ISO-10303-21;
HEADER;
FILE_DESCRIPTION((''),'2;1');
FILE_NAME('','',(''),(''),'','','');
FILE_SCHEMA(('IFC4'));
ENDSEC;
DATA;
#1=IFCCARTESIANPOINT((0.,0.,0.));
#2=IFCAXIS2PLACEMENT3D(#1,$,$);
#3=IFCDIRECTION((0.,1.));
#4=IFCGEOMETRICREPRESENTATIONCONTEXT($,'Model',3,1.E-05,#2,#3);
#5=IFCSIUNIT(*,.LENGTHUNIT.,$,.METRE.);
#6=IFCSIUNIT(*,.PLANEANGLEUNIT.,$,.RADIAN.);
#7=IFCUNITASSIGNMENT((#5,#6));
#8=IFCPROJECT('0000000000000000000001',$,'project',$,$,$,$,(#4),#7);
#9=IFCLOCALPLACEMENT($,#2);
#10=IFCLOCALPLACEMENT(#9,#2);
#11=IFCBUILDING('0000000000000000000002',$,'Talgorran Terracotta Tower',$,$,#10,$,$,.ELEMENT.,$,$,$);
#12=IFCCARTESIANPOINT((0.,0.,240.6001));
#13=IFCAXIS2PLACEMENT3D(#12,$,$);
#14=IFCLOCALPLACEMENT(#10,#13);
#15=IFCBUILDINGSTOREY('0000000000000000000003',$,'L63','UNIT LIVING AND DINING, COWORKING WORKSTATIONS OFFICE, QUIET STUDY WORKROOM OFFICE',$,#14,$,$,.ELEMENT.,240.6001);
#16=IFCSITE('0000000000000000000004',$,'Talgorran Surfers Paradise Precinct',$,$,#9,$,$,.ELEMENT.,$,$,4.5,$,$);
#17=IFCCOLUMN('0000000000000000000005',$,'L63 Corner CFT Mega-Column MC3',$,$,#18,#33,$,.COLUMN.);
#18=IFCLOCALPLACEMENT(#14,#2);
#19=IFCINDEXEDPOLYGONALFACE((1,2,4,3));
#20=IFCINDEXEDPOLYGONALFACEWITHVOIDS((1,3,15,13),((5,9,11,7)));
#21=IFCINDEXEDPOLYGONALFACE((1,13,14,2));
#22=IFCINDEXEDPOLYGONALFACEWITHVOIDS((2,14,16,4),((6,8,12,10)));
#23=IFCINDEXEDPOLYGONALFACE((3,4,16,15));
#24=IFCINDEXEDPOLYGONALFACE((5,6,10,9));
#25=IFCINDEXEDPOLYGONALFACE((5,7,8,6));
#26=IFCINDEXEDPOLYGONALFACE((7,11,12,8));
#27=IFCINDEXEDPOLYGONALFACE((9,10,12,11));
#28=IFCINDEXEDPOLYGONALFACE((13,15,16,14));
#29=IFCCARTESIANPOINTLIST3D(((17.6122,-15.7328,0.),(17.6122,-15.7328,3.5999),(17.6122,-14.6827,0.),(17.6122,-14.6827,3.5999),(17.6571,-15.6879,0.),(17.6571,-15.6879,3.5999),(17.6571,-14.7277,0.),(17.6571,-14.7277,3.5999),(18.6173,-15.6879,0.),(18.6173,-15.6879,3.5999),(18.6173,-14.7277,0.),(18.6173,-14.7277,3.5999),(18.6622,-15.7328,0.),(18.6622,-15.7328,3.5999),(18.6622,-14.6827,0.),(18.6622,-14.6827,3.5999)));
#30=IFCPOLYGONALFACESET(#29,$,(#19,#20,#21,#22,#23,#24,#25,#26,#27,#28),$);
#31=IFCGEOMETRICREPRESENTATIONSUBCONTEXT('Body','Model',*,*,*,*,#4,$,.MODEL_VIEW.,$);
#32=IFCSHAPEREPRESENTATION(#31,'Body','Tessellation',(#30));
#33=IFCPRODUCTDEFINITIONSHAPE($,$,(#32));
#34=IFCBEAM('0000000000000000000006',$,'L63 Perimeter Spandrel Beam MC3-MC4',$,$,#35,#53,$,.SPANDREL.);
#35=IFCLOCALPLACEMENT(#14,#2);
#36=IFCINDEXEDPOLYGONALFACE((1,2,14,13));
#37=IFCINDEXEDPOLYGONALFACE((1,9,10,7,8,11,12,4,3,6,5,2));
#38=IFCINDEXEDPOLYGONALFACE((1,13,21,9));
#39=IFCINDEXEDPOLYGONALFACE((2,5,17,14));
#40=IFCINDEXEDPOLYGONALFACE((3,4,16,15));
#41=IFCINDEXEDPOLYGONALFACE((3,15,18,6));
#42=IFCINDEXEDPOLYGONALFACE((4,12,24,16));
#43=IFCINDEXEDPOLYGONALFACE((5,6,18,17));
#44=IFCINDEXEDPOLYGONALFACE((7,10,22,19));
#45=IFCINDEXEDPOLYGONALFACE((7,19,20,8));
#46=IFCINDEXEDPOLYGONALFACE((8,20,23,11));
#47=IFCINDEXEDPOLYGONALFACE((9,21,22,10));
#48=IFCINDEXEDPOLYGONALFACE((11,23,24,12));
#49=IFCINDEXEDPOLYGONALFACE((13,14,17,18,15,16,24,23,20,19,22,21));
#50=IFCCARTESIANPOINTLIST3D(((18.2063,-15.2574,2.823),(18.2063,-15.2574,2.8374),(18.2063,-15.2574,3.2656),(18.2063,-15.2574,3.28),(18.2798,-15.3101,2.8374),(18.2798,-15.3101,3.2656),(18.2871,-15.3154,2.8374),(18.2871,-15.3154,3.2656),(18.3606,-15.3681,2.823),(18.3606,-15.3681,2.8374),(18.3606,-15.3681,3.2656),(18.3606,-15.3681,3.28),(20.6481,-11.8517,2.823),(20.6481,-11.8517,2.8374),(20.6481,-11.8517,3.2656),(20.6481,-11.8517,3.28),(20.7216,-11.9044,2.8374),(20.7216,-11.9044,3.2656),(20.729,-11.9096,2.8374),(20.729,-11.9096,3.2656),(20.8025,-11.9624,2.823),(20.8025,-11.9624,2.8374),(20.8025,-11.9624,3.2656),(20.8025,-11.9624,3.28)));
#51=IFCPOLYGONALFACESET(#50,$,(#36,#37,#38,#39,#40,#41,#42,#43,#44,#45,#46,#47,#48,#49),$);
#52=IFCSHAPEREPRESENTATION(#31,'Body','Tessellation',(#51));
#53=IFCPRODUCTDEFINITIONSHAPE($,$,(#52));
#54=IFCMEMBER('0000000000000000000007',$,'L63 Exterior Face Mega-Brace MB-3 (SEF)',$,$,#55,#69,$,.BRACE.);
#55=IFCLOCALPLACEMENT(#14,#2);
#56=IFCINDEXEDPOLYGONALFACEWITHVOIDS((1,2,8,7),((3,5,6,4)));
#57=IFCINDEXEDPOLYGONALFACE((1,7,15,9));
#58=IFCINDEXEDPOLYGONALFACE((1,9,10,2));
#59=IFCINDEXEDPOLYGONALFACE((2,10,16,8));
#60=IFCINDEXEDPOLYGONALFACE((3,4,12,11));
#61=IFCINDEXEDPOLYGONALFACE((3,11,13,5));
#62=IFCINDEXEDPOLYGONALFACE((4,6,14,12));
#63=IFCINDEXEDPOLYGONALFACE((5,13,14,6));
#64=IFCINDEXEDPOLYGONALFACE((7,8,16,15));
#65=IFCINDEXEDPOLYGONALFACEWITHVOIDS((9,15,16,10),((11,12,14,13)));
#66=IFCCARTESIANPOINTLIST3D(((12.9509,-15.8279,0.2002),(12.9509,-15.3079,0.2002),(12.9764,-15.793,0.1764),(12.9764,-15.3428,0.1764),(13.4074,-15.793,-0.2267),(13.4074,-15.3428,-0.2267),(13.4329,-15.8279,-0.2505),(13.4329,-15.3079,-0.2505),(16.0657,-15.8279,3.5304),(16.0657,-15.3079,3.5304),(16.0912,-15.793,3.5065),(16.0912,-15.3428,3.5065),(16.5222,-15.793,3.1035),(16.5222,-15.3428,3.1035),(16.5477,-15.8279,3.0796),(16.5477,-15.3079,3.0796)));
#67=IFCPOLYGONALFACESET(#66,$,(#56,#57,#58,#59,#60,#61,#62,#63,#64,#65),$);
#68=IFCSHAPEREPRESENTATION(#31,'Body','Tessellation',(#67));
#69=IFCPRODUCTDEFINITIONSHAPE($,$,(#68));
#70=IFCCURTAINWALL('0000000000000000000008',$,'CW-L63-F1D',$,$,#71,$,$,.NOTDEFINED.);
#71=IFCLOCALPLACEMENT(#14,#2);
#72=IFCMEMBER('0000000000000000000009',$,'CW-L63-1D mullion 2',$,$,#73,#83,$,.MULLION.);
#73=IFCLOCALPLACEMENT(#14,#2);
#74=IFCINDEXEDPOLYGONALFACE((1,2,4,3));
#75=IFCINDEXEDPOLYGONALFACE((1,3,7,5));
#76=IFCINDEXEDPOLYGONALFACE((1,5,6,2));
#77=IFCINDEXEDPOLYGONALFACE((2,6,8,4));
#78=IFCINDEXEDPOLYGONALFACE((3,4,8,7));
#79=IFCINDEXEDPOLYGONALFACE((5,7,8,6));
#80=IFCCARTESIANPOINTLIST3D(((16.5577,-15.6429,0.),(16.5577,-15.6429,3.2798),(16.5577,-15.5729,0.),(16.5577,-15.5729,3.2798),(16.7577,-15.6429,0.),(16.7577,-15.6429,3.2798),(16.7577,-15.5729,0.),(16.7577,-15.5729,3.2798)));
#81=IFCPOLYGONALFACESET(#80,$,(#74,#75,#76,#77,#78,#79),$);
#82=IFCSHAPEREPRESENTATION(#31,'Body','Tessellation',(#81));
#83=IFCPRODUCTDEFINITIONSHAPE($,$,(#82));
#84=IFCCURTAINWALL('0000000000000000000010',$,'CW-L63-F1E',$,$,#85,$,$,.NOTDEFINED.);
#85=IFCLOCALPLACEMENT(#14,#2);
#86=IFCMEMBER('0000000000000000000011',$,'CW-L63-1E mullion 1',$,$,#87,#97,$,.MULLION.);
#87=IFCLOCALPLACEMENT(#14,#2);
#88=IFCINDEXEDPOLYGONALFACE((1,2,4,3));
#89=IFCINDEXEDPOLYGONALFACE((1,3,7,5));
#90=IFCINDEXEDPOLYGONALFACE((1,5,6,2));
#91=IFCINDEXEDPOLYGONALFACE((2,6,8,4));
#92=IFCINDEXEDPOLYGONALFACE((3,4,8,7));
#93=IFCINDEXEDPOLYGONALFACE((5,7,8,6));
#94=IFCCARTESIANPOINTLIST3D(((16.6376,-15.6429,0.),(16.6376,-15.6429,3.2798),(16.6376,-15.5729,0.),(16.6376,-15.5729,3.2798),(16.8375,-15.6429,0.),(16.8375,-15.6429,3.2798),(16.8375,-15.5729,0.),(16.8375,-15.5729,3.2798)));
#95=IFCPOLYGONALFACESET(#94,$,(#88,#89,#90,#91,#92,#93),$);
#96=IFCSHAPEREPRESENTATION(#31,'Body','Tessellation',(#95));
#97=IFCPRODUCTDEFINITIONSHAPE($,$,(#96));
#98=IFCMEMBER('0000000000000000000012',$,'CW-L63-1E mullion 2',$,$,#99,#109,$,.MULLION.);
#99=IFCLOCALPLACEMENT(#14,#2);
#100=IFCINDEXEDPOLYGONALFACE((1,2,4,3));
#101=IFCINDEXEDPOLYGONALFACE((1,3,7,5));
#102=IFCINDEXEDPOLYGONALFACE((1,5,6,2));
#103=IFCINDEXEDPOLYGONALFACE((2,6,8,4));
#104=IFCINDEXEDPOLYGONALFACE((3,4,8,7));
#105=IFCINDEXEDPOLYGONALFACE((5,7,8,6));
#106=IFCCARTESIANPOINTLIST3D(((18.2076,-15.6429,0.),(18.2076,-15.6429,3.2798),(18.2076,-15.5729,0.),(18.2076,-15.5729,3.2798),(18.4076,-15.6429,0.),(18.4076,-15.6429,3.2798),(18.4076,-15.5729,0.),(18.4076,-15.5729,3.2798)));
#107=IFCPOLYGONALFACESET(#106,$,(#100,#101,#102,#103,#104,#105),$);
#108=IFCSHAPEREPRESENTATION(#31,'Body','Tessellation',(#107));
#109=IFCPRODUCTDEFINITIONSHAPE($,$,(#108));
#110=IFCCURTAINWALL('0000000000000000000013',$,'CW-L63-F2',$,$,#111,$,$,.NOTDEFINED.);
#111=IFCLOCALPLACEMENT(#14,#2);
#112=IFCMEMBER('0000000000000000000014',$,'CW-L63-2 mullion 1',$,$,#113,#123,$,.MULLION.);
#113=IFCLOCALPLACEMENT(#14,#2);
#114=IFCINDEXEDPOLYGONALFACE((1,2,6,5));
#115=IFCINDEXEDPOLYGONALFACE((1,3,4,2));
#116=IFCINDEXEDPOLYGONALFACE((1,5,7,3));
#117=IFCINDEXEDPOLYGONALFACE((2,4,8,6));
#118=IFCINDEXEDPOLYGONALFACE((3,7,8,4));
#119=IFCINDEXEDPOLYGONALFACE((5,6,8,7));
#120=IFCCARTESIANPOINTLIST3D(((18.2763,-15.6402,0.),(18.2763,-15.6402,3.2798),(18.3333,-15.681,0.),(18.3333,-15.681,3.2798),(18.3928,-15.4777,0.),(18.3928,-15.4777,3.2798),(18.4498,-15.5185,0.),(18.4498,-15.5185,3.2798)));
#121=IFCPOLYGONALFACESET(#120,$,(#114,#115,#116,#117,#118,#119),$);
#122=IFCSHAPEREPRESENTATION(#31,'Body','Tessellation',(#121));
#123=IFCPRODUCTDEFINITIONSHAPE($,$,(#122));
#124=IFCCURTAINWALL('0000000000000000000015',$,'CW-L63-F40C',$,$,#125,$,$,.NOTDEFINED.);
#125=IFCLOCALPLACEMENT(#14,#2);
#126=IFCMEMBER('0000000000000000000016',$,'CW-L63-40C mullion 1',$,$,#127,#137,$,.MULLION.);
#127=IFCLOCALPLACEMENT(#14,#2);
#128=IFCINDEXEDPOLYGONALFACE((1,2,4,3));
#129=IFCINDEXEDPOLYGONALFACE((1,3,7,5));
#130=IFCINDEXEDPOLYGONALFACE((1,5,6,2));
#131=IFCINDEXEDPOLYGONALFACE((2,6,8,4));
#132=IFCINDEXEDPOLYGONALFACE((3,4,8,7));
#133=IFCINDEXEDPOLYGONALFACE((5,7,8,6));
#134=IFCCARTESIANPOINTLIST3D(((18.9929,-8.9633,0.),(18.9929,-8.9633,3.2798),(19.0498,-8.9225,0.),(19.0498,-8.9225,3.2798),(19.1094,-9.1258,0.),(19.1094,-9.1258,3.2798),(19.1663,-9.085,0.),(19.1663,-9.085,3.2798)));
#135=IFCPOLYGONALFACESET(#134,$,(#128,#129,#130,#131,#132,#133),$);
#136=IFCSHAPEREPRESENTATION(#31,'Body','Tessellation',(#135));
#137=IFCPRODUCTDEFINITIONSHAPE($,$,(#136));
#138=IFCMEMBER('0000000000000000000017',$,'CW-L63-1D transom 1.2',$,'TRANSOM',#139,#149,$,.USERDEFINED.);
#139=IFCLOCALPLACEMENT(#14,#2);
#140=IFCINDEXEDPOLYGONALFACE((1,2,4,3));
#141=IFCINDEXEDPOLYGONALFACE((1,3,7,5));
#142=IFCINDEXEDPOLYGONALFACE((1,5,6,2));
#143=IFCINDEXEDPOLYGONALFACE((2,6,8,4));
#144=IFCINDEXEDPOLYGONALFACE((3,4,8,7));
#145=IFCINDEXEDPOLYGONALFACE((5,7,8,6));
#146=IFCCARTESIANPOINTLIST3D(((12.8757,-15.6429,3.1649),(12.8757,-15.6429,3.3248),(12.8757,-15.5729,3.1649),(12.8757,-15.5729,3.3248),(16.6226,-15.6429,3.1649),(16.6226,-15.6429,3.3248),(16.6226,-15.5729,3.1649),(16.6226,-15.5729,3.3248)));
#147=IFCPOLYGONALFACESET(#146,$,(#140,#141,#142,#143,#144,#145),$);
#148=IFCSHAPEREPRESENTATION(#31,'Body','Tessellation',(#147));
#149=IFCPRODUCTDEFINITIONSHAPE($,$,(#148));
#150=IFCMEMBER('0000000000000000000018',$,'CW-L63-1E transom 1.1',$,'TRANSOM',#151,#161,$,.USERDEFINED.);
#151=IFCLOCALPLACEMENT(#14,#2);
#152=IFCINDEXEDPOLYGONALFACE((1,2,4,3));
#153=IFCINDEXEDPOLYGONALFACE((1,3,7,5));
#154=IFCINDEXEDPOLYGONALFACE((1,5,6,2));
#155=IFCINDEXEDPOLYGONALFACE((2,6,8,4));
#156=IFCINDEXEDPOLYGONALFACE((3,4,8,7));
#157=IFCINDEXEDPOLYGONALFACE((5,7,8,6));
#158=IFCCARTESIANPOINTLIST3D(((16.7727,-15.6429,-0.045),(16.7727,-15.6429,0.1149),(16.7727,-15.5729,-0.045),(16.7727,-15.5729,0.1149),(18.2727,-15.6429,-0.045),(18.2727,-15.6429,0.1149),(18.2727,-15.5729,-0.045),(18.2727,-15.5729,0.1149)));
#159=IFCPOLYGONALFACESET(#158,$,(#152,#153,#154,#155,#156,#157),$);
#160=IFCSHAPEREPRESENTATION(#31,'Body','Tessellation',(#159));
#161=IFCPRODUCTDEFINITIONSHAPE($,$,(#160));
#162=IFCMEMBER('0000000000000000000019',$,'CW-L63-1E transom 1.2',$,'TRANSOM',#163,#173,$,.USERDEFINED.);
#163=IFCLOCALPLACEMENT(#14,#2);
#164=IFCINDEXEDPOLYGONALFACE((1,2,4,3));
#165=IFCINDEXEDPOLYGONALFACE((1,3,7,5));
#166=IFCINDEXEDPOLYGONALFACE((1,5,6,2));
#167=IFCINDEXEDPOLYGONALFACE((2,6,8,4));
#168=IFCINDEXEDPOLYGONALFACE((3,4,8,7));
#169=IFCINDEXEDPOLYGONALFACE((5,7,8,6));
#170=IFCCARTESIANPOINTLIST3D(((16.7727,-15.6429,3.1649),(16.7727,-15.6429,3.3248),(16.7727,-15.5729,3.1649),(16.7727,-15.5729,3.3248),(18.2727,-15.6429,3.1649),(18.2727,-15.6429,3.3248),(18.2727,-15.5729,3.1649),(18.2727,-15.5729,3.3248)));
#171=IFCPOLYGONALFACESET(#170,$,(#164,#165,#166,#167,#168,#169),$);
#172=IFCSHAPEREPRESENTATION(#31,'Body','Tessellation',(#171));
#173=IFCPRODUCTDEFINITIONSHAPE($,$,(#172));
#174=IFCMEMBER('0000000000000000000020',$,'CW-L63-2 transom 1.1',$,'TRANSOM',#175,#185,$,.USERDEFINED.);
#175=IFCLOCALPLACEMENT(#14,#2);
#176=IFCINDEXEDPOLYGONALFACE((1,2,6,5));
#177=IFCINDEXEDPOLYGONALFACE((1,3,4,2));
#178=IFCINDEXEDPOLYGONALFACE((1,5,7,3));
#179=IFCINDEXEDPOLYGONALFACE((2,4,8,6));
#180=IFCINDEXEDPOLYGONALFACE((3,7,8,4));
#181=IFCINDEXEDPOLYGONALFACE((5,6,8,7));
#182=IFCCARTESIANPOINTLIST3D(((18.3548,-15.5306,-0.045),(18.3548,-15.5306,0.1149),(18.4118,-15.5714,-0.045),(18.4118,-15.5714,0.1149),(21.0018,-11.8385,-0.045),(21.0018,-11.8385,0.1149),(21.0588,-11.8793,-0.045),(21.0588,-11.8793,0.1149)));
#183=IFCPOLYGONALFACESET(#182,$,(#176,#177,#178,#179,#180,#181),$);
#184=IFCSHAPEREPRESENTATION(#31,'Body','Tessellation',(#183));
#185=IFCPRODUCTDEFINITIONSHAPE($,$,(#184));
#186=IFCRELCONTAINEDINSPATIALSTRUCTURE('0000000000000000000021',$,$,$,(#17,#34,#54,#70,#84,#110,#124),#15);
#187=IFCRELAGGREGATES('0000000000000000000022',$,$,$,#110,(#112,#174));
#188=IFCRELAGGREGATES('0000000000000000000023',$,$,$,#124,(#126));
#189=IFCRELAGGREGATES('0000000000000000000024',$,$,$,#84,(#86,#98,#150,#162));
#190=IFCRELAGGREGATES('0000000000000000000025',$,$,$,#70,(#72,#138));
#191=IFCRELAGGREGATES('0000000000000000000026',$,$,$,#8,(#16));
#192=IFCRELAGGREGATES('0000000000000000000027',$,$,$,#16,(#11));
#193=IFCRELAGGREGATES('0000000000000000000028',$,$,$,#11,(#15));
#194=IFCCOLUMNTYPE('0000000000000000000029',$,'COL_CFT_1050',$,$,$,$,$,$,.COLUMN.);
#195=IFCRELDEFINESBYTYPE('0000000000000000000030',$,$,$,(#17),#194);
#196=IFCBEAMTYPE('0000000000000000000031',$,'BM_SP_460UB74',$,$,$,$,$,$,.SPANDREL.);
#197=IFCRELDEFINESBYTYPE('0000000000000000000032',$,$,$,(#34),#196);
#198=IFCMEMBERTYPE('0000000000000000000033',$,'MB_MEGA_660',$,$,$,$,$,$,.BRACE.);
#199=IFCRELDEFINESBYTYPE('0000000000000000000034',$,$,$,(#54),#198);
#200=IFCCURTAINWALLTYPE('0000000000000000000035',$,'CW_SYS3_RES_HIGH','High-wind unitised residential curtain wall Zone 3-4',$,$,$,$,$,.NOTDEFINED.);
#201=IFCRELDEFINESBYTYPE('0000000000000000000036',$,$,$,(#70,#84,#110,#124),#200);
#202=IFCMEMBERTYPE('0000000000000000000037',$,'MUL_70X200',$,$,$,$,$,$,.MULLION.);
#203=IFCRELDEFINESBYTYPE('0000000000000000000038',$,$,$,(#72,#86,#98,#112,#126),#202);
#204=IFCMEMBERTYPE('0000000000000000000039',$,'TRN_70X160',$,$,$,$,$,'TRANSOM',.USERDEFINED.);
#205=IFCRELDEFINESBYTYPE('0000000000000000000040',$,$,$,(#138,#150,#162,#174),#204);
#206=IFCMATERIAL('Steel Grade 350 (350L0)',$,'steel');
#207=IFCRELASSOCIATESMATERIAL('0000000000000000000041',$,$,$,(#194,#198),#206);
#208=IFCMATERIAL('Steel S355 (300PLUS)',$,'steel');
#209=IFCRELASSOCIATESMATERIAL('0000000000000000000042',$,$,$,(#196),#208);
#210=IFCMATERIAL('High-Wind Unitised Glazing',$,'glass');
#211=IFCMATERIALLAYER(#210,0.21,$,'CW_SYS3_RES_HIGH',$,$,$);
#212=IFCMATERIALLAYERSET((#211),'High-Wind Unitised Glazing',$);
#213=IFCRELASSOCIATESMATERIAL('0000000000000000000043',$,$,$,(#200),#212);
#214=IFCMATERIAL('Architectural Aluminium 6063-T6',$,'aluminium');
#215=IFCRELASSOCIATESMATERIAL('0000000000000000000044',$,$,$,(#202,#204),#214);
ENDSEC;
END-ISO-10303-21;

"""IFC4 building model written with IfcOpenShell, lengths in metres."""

from ifc_helpers import new_model, si_unit, direction, frame, origin, origin_2d, place, context, subcontext, project, spatial, rectangle, hollow_rectangle, i_section, extrude, material, layer, layer_set, material_profile, profile_set, type_object, element, aggregate, save


model = new_model("IFC4")

# Units and contexts
model_context = context("Model", 3, precision=1e-05, world=origin(), true_north=direction((0.0, 1.0)))
body_context = subcontext(model_context, "Body", "Model", "MODEL_VIEW")
ifc_project = project(units=[si_unit("LENGTHUNIT", "METRE"), si_unit("PLANEANGLEUNIT", "RADIAN")], contexts=[model_context])

# Site, building, storey
site_placement = place(None, origin())
site = spatial("IfcSite", under=ifc_project, at=site_placement, Name="Talgorran Surfers Paradise Precinct", CompositionType="ELEMENT", RefElevation=4.5)
building_placement = place(site_placement, origin())
building = spatial("IfcBuilding", under=site, at=building_placement, Name="Talgorran Terracotta Tower", CompositionType="ELEMENT")
storey_placement = place(building_placement, frame((0.0, 0.0, 240.6001)))
storey = spatial("IfcBuildingStorey", under=building, at=storey_placement, Name="L63", Description="UNIT LIVING AND DINING, COWORKING WORKSTATIONS OFFICE, QUIET STUDY WORKROOM OFFICE", CompositionType="ELEMENT", Elevation=240.6001)

# Column
ifc_material_1 = material(Name="Steel Grade 350 (350L0)", Category="steel")
ifc_material_profile_1 = material_profile(ifc_material_1, hollow_rectangle(XDim=1.05, YDim=1.05, WallThickness=0.0449, at=origin_2d()), Name="CFT1050X1050X45")
ifc_profile_set_1 = profile_set([ifc_material_profile_1], Name="Steel Grade 350 (350L0)")
column_type = type_object("IfcColumnType", Name="COL_CFT_1050", PredefinedType="COLUMN", material=ifc_profile_set_1)
column_placement = place(storey_placement, frame((18.1372, -15.2078, 0.0), z_axis=(0.0, 0.0, 1.0), x_axis=(1.0, 0.0, 0.0)))
element("IfcColumn", 1, at=column_placement, inside=storey, type_object=column_type, Name="L63 Corner CFT Mega-Column MC3", PredefinedType="COLUMN", context=body_context, shape_type="SweptSolid", body=[
    extrude(hollow_rectangle(XDim=1.05, YDim=1.05, WallThickness=0.0449, at=origin_2d()), origin(), (0.0, 0.0, 1.0), 3.5999),
])

# Beam
ifc_material_2 = material(Name="Steel S355 (300PLUS)", Category="steel")
ifc_material_profile_2 = material_profile(ifc_material_2, i_section(OverallWidth=0.1899, OverallDepth=0.457, WebThickness=0.009, FlangeThickness=0.0144, at=origin_2d()), Name="460UB74.6")
ifc_profile_set_2 = profile_set([ifc_material_profile_2], Name="Steel S355 (300PLUS)")
beam_type = type_object("IfcBeamType", Name="BM_SP_460UB74", PredefinedType="SPANDREL", material=ifc_profile_set_2)
beam_placement = place(storey_placement, frame((18.2834, -15.3127, 3.0515), z_axis=(0.582692, 0.812693, 0.0), x_axis=(-0.812693, 0.582692, 0.0)))
element("IfcBeam", 2, at=beam_placement, inside=storey, type_object=beam_type, Name="L63 Perimeter Spandrel Beam MC3-MC4", PredefinedType="SPANDREL", context=body_context, shape_type="SweptSolid", body=[
    extrude(i_section(OverallWidth=0.1899, OverallDepth=0.457, WebThickness=0.009, FlangeThickness=0.0144, at=origin_2d()), origin(), (0.0, 0.0, 1.0), 4.1907),
])

# Member
ifc_material_profile_3 = material_profile(ifc_material_1, hollow_rectangle(XDim=0.52, YDim=0.6599, WallThickness=0.0349, at=origin_2d()), Name="WBOX660X520X35")
ifc_profile_set_3 = profile_set([ifc_material_profile_3], Name="Steel Grade 350 (350L0)")
member_type_1 = type_object("IfcMemberType", Name="MB_MEGA_660", PredefinedType="BRACE", material=ifc_profile_set_3)
member_1_placement = place(storey_placement, frame((13.1919, -15.5679, -0.0251), z_axis=(0.6831, 0.0, 0.730325), x_axis=(0.0, 1.0, 0.0)))
element("IfcMember", 3, at=member_1_placement, inside=storey, type_object=member_type_1, Name="L63 Exterior Face Mega-Brace MB-3 (SEF)", PredefinedType="BRACE", context=body_context, shape_type="SweptSolid", body=[
    extrude(hollow_rectangle(XDim=0.52, YDim=0.6599, WallThickness=0.0349, at=origin_2d()), origin(), (0.0, 0.0, 1.0), 4.5598),
])

# Curtain wall, member
ifc_material_3 = material(Name="High-Wind Unitised Glazing", Category="glass")
ifc_layer_1 = layer(ifc_material_3, 0.21, Name="CW_SYS3_RES_HIGH")
ifc_layer_set_1 = layer_set([ifc_layer_1], Name="High-Wind Unitised Glazing")
curtain_wall_type = type_object("IfcCurtainWallType", Name="CW_SYS3_RES_HIGH", Description="High-wind unitised residential curtain wall Zone 3-4", PredefinedType="NOTDEFINED", material=ifc_layer_set_1)
curtain_wall_1_placement = place(storey_placement, origin())
curtain_wall_1 = element("IfcCurtainWall", 4, at=curtain_wall_1_placement, inside=storey, type_object=curtain_wall_type, Name="CW-L63-F1D", PredefinedType="NOTDEFINED")
ifc_material_4 = material(Name="Architectural Aluminium 6063-T6", Category="aluminium")
ifc_material_profile_4 = material_profile(ifc_material_4, rectangle(XDim=0.0701, YDim=0.2, at=origin_2d()), Name="CWM70X200")
ifc_profile_set_4 = profile_set([ifc_material_profile_4], Name="Architectural Aluminium 6063-T6")
member_type_2 = type_object("IfcMemberType", Name="MUL_70X200", PredefinedType="MULLION", material=ifc_profile_set_4)
member_2_placement = place(storey_placement, frame((16.6577, -15.6079, 0.0), z_axis=(0.0, 0.0, 1.0), x_axis=(0.0, 1.0, 0.0)))
member_2 = element("IfcMember", 5, at=member_2_placement, type_object=member_type_2, Name="CW-L63-1D mullion 2", PredefinedType="MULLION", context=body_context, shape_type="SweptSolid", body=[
    extrude(rectangle(XDim=0.0701, YDim=0.2, at=origin_2d()), origin(), (0.0, 0.0, 1.0), 3.2798),
])

# Curtain wall, members
curtain_wall_2_placement = place(storey_placement, origin())
curtain_wall_2 = element("IfcCurtainWall", 6, at=curtain_wall_2_placement, inside=storey, type_object=curtain_wall_type, Name="CW-L63-F1E", PredefinedType="NOTDEFINED")
member_3_placement = place(storey_placement, frame((16.7375, -15.6079, 0.0), z_axis=(0.0, 0.0, 1.0), x_axis=(0.0, 1.0, 0.0)))
member_3 = element("IfcMember", 7, at=member_3_placement, type_object=member_type_2, Name="CW-L63-1E mullion 1", PredefinedType="MULLION", context=body_context, shape_type="SweptSolid", body=[
    extrude(rectangle(XDim=0.0701, YDim=0.2, at=origin_2d()), origin(), (0.0, 0.0, 1.0), 3.2798),
])
member_4_placement = place(storey_placement, frame((18.3076, -15.6079, 0.0), z_axis=(0.0, 0.0, 1.0), x_axis=(0.0, 1.0, 0.0)))
member_4 = element("IfcMember", 8, at=member_4_placement, type_object=member_type_2, Name="CW-L63-1E mullion 2", PredefinedType="MULLION", context=body_context, shape_type="SweptSolid", body=[
    extrude(rectangle(XDim=0.0701, YDim=0.2, at=origin_2d()), origin(), (0.0, 0.0, 1.0), 3.2798),
])

# Curtain walls, members
curtain_wall_3_placement = place(storey_placement, origin())
curtain_wall_3 = element("IfcCurtainWall", 9, at=curtain_wall_3_placement, inside=storey, type_object=curtain_wall_type, Name="CW-L63-F2", PredefinedType="NOTDEFINED")
member_5_placement = place(storey_placement, frame((18.363, -15.5793, 0.0), z_axis=(0.0, 0.0, 1.0), x_axis=(-0.812715, 0.582661, 0.0)))
member_5 = element("IfcMember", 10, at=member_5_placement, type_object=member_type_2, Name="CW-L63-2 mullion 1", PredefinedType="MULLION", context=body_context, shape_type="SweptSolid", body=[
    extrude(rectangle(XDim=0.0701, YDim=0.2, at=origin_2d()), origin(), (0.0, 0.0, 1.0), 3.2798),
])
curtain_wall_4_placement = place(storey_placement, origin())
curtain_wall_4 = element("IfcCurtainWall", 11, at=curtain_wall_4_placement, inside=storey, type_object=curtain_wall_type, Name="CW-L63-F40C", PredefinedType="NOTDEFINED")
member_6_placement = place(storey_placement, frame((19.0796, -9.0242, 0.0), z_axis=(0.0, 0.0, 1.0), x_axis=(-0.812712, -0.582665, 0.0)))
member_6 = element("IfcMember", 12, at=member_6_placement, type_object=member_type_2, Name="CW-L63-40C mullion 1", PredefinedType="MULLION", context=body_context, shape_type="SweptSolid", body=[
    extrude(rectangle(XDim=0.0701, YDim=0.2, at=origin_2d()), origin(), (0.0, 0.0, 1.0), 3.2798),
])

# Members
ifc_material_profile_5 = material_profile(ifc_material_4, rectangle(XDim=0.0701, YDim=0.1599, at=origin_2d()), Name="CWT70X160")
ifc_profile_set_5 = profile_set([ifc_material_profile_5], Name="Architectural Aluminium 6063-T6")
member_type_3 = type_object("IfcMemberType", Name="TRN_70X160", ElementType="TRANSOM", PredefinedType="USERDEFINED", material=ifc_profile_set_5)
member_7_placement = place(storey_placement, frame((12.8757, -15.6079, 3.2449), z_axis=(1.0, 0.0, 0.0), x_axis=(0.0, 1.0, 0.0)))
member_7 = element("IfcMember", 13, at=member_7_placement, type_object=member_type_3, Name="CW-L63-1D transom 1.2", ObjectType="TRANSOM", PredefinedType="USERDEFINED", context=body_context, shape_type="SweptSolid", body=[
    extrude(rectangle(XDim=0.0701, YDim=0.1599, at=origin_2d()), origin(), (0.0, 0.0, 1.0), 3.7468),
])
member_8_placement = place(storey_placement, frame((16.7727, -15.6079, 0.0349), z_axis=(1.0, 0.0, 0.0), x_axis=(0.0, 1.0, 0.0)))
member_8 = element("IfcMember", 14, at=member_8_placement, type_object=member_type_3, Name="CW-L63-1E transom 1.1", ObjectType="TRANSOM", PredefinedType="USERDEFINED", context=body_context, shape_type="SweptSolid", body=[
    extrude(rectangle(XDim=0.0701, YDim=0.1599, at=origin_2d()), origin(), (0.0, 0.0, 1.0), 1.5),
])
member_9_placement = place(storey_placement, frame((16.7727, -15.6079, 3.2449), z_axis=(1.0, 0.0, 0.0), x_axis=(0.0, 1.0, 0.0)))
member_9 = element("IfcMember", 15, at=member_9_placement, type_object=member_type_3, Name="CW-L63-1E transom 1.2", ObjectType="TRANSOM", PredefinedType="USERDEFINED", context=body_context, shape_type="SweptSolid", body=[
    extrude(rectangle(XDim=0.0701, YDim=0.1599, at=origin_2d()), origin(), (0.0, 0.0, 1.0), 1.5),
])
member_10_placement = place(storey_placement, frame((18.3833, -15.551, 0.0349), z_axis=(0.582656, 0.812719, 0.0), x_axis=(-0.812719, 0.582656, 0.0)))
member_10 = element("IfcMember", 16, at=member_10_placement, type_object=member_type_3, Name="CW-L63-2 transom 1.1", ObjectType="TRANSOM", PredefinedType="USERDEFINED", context=body_context, shape_type="SweptSolid", body=[
    extrude(rectangle(XDim=0.0701, YDim=0.1599, at=origin_2d()), origin(), (0.0, 0.0, 1.0), 4.543),
])
aggregate(curtain_wall_3, [member_5, member_10])
aggregate(curtain_wall_4, [member_6])

aggregate(curtain_wall_2, [member_3, member_4, member_8, member_9])
aggregate(curtain_wall_1, [member_2, member_7])

save(model, "model.ifc")
